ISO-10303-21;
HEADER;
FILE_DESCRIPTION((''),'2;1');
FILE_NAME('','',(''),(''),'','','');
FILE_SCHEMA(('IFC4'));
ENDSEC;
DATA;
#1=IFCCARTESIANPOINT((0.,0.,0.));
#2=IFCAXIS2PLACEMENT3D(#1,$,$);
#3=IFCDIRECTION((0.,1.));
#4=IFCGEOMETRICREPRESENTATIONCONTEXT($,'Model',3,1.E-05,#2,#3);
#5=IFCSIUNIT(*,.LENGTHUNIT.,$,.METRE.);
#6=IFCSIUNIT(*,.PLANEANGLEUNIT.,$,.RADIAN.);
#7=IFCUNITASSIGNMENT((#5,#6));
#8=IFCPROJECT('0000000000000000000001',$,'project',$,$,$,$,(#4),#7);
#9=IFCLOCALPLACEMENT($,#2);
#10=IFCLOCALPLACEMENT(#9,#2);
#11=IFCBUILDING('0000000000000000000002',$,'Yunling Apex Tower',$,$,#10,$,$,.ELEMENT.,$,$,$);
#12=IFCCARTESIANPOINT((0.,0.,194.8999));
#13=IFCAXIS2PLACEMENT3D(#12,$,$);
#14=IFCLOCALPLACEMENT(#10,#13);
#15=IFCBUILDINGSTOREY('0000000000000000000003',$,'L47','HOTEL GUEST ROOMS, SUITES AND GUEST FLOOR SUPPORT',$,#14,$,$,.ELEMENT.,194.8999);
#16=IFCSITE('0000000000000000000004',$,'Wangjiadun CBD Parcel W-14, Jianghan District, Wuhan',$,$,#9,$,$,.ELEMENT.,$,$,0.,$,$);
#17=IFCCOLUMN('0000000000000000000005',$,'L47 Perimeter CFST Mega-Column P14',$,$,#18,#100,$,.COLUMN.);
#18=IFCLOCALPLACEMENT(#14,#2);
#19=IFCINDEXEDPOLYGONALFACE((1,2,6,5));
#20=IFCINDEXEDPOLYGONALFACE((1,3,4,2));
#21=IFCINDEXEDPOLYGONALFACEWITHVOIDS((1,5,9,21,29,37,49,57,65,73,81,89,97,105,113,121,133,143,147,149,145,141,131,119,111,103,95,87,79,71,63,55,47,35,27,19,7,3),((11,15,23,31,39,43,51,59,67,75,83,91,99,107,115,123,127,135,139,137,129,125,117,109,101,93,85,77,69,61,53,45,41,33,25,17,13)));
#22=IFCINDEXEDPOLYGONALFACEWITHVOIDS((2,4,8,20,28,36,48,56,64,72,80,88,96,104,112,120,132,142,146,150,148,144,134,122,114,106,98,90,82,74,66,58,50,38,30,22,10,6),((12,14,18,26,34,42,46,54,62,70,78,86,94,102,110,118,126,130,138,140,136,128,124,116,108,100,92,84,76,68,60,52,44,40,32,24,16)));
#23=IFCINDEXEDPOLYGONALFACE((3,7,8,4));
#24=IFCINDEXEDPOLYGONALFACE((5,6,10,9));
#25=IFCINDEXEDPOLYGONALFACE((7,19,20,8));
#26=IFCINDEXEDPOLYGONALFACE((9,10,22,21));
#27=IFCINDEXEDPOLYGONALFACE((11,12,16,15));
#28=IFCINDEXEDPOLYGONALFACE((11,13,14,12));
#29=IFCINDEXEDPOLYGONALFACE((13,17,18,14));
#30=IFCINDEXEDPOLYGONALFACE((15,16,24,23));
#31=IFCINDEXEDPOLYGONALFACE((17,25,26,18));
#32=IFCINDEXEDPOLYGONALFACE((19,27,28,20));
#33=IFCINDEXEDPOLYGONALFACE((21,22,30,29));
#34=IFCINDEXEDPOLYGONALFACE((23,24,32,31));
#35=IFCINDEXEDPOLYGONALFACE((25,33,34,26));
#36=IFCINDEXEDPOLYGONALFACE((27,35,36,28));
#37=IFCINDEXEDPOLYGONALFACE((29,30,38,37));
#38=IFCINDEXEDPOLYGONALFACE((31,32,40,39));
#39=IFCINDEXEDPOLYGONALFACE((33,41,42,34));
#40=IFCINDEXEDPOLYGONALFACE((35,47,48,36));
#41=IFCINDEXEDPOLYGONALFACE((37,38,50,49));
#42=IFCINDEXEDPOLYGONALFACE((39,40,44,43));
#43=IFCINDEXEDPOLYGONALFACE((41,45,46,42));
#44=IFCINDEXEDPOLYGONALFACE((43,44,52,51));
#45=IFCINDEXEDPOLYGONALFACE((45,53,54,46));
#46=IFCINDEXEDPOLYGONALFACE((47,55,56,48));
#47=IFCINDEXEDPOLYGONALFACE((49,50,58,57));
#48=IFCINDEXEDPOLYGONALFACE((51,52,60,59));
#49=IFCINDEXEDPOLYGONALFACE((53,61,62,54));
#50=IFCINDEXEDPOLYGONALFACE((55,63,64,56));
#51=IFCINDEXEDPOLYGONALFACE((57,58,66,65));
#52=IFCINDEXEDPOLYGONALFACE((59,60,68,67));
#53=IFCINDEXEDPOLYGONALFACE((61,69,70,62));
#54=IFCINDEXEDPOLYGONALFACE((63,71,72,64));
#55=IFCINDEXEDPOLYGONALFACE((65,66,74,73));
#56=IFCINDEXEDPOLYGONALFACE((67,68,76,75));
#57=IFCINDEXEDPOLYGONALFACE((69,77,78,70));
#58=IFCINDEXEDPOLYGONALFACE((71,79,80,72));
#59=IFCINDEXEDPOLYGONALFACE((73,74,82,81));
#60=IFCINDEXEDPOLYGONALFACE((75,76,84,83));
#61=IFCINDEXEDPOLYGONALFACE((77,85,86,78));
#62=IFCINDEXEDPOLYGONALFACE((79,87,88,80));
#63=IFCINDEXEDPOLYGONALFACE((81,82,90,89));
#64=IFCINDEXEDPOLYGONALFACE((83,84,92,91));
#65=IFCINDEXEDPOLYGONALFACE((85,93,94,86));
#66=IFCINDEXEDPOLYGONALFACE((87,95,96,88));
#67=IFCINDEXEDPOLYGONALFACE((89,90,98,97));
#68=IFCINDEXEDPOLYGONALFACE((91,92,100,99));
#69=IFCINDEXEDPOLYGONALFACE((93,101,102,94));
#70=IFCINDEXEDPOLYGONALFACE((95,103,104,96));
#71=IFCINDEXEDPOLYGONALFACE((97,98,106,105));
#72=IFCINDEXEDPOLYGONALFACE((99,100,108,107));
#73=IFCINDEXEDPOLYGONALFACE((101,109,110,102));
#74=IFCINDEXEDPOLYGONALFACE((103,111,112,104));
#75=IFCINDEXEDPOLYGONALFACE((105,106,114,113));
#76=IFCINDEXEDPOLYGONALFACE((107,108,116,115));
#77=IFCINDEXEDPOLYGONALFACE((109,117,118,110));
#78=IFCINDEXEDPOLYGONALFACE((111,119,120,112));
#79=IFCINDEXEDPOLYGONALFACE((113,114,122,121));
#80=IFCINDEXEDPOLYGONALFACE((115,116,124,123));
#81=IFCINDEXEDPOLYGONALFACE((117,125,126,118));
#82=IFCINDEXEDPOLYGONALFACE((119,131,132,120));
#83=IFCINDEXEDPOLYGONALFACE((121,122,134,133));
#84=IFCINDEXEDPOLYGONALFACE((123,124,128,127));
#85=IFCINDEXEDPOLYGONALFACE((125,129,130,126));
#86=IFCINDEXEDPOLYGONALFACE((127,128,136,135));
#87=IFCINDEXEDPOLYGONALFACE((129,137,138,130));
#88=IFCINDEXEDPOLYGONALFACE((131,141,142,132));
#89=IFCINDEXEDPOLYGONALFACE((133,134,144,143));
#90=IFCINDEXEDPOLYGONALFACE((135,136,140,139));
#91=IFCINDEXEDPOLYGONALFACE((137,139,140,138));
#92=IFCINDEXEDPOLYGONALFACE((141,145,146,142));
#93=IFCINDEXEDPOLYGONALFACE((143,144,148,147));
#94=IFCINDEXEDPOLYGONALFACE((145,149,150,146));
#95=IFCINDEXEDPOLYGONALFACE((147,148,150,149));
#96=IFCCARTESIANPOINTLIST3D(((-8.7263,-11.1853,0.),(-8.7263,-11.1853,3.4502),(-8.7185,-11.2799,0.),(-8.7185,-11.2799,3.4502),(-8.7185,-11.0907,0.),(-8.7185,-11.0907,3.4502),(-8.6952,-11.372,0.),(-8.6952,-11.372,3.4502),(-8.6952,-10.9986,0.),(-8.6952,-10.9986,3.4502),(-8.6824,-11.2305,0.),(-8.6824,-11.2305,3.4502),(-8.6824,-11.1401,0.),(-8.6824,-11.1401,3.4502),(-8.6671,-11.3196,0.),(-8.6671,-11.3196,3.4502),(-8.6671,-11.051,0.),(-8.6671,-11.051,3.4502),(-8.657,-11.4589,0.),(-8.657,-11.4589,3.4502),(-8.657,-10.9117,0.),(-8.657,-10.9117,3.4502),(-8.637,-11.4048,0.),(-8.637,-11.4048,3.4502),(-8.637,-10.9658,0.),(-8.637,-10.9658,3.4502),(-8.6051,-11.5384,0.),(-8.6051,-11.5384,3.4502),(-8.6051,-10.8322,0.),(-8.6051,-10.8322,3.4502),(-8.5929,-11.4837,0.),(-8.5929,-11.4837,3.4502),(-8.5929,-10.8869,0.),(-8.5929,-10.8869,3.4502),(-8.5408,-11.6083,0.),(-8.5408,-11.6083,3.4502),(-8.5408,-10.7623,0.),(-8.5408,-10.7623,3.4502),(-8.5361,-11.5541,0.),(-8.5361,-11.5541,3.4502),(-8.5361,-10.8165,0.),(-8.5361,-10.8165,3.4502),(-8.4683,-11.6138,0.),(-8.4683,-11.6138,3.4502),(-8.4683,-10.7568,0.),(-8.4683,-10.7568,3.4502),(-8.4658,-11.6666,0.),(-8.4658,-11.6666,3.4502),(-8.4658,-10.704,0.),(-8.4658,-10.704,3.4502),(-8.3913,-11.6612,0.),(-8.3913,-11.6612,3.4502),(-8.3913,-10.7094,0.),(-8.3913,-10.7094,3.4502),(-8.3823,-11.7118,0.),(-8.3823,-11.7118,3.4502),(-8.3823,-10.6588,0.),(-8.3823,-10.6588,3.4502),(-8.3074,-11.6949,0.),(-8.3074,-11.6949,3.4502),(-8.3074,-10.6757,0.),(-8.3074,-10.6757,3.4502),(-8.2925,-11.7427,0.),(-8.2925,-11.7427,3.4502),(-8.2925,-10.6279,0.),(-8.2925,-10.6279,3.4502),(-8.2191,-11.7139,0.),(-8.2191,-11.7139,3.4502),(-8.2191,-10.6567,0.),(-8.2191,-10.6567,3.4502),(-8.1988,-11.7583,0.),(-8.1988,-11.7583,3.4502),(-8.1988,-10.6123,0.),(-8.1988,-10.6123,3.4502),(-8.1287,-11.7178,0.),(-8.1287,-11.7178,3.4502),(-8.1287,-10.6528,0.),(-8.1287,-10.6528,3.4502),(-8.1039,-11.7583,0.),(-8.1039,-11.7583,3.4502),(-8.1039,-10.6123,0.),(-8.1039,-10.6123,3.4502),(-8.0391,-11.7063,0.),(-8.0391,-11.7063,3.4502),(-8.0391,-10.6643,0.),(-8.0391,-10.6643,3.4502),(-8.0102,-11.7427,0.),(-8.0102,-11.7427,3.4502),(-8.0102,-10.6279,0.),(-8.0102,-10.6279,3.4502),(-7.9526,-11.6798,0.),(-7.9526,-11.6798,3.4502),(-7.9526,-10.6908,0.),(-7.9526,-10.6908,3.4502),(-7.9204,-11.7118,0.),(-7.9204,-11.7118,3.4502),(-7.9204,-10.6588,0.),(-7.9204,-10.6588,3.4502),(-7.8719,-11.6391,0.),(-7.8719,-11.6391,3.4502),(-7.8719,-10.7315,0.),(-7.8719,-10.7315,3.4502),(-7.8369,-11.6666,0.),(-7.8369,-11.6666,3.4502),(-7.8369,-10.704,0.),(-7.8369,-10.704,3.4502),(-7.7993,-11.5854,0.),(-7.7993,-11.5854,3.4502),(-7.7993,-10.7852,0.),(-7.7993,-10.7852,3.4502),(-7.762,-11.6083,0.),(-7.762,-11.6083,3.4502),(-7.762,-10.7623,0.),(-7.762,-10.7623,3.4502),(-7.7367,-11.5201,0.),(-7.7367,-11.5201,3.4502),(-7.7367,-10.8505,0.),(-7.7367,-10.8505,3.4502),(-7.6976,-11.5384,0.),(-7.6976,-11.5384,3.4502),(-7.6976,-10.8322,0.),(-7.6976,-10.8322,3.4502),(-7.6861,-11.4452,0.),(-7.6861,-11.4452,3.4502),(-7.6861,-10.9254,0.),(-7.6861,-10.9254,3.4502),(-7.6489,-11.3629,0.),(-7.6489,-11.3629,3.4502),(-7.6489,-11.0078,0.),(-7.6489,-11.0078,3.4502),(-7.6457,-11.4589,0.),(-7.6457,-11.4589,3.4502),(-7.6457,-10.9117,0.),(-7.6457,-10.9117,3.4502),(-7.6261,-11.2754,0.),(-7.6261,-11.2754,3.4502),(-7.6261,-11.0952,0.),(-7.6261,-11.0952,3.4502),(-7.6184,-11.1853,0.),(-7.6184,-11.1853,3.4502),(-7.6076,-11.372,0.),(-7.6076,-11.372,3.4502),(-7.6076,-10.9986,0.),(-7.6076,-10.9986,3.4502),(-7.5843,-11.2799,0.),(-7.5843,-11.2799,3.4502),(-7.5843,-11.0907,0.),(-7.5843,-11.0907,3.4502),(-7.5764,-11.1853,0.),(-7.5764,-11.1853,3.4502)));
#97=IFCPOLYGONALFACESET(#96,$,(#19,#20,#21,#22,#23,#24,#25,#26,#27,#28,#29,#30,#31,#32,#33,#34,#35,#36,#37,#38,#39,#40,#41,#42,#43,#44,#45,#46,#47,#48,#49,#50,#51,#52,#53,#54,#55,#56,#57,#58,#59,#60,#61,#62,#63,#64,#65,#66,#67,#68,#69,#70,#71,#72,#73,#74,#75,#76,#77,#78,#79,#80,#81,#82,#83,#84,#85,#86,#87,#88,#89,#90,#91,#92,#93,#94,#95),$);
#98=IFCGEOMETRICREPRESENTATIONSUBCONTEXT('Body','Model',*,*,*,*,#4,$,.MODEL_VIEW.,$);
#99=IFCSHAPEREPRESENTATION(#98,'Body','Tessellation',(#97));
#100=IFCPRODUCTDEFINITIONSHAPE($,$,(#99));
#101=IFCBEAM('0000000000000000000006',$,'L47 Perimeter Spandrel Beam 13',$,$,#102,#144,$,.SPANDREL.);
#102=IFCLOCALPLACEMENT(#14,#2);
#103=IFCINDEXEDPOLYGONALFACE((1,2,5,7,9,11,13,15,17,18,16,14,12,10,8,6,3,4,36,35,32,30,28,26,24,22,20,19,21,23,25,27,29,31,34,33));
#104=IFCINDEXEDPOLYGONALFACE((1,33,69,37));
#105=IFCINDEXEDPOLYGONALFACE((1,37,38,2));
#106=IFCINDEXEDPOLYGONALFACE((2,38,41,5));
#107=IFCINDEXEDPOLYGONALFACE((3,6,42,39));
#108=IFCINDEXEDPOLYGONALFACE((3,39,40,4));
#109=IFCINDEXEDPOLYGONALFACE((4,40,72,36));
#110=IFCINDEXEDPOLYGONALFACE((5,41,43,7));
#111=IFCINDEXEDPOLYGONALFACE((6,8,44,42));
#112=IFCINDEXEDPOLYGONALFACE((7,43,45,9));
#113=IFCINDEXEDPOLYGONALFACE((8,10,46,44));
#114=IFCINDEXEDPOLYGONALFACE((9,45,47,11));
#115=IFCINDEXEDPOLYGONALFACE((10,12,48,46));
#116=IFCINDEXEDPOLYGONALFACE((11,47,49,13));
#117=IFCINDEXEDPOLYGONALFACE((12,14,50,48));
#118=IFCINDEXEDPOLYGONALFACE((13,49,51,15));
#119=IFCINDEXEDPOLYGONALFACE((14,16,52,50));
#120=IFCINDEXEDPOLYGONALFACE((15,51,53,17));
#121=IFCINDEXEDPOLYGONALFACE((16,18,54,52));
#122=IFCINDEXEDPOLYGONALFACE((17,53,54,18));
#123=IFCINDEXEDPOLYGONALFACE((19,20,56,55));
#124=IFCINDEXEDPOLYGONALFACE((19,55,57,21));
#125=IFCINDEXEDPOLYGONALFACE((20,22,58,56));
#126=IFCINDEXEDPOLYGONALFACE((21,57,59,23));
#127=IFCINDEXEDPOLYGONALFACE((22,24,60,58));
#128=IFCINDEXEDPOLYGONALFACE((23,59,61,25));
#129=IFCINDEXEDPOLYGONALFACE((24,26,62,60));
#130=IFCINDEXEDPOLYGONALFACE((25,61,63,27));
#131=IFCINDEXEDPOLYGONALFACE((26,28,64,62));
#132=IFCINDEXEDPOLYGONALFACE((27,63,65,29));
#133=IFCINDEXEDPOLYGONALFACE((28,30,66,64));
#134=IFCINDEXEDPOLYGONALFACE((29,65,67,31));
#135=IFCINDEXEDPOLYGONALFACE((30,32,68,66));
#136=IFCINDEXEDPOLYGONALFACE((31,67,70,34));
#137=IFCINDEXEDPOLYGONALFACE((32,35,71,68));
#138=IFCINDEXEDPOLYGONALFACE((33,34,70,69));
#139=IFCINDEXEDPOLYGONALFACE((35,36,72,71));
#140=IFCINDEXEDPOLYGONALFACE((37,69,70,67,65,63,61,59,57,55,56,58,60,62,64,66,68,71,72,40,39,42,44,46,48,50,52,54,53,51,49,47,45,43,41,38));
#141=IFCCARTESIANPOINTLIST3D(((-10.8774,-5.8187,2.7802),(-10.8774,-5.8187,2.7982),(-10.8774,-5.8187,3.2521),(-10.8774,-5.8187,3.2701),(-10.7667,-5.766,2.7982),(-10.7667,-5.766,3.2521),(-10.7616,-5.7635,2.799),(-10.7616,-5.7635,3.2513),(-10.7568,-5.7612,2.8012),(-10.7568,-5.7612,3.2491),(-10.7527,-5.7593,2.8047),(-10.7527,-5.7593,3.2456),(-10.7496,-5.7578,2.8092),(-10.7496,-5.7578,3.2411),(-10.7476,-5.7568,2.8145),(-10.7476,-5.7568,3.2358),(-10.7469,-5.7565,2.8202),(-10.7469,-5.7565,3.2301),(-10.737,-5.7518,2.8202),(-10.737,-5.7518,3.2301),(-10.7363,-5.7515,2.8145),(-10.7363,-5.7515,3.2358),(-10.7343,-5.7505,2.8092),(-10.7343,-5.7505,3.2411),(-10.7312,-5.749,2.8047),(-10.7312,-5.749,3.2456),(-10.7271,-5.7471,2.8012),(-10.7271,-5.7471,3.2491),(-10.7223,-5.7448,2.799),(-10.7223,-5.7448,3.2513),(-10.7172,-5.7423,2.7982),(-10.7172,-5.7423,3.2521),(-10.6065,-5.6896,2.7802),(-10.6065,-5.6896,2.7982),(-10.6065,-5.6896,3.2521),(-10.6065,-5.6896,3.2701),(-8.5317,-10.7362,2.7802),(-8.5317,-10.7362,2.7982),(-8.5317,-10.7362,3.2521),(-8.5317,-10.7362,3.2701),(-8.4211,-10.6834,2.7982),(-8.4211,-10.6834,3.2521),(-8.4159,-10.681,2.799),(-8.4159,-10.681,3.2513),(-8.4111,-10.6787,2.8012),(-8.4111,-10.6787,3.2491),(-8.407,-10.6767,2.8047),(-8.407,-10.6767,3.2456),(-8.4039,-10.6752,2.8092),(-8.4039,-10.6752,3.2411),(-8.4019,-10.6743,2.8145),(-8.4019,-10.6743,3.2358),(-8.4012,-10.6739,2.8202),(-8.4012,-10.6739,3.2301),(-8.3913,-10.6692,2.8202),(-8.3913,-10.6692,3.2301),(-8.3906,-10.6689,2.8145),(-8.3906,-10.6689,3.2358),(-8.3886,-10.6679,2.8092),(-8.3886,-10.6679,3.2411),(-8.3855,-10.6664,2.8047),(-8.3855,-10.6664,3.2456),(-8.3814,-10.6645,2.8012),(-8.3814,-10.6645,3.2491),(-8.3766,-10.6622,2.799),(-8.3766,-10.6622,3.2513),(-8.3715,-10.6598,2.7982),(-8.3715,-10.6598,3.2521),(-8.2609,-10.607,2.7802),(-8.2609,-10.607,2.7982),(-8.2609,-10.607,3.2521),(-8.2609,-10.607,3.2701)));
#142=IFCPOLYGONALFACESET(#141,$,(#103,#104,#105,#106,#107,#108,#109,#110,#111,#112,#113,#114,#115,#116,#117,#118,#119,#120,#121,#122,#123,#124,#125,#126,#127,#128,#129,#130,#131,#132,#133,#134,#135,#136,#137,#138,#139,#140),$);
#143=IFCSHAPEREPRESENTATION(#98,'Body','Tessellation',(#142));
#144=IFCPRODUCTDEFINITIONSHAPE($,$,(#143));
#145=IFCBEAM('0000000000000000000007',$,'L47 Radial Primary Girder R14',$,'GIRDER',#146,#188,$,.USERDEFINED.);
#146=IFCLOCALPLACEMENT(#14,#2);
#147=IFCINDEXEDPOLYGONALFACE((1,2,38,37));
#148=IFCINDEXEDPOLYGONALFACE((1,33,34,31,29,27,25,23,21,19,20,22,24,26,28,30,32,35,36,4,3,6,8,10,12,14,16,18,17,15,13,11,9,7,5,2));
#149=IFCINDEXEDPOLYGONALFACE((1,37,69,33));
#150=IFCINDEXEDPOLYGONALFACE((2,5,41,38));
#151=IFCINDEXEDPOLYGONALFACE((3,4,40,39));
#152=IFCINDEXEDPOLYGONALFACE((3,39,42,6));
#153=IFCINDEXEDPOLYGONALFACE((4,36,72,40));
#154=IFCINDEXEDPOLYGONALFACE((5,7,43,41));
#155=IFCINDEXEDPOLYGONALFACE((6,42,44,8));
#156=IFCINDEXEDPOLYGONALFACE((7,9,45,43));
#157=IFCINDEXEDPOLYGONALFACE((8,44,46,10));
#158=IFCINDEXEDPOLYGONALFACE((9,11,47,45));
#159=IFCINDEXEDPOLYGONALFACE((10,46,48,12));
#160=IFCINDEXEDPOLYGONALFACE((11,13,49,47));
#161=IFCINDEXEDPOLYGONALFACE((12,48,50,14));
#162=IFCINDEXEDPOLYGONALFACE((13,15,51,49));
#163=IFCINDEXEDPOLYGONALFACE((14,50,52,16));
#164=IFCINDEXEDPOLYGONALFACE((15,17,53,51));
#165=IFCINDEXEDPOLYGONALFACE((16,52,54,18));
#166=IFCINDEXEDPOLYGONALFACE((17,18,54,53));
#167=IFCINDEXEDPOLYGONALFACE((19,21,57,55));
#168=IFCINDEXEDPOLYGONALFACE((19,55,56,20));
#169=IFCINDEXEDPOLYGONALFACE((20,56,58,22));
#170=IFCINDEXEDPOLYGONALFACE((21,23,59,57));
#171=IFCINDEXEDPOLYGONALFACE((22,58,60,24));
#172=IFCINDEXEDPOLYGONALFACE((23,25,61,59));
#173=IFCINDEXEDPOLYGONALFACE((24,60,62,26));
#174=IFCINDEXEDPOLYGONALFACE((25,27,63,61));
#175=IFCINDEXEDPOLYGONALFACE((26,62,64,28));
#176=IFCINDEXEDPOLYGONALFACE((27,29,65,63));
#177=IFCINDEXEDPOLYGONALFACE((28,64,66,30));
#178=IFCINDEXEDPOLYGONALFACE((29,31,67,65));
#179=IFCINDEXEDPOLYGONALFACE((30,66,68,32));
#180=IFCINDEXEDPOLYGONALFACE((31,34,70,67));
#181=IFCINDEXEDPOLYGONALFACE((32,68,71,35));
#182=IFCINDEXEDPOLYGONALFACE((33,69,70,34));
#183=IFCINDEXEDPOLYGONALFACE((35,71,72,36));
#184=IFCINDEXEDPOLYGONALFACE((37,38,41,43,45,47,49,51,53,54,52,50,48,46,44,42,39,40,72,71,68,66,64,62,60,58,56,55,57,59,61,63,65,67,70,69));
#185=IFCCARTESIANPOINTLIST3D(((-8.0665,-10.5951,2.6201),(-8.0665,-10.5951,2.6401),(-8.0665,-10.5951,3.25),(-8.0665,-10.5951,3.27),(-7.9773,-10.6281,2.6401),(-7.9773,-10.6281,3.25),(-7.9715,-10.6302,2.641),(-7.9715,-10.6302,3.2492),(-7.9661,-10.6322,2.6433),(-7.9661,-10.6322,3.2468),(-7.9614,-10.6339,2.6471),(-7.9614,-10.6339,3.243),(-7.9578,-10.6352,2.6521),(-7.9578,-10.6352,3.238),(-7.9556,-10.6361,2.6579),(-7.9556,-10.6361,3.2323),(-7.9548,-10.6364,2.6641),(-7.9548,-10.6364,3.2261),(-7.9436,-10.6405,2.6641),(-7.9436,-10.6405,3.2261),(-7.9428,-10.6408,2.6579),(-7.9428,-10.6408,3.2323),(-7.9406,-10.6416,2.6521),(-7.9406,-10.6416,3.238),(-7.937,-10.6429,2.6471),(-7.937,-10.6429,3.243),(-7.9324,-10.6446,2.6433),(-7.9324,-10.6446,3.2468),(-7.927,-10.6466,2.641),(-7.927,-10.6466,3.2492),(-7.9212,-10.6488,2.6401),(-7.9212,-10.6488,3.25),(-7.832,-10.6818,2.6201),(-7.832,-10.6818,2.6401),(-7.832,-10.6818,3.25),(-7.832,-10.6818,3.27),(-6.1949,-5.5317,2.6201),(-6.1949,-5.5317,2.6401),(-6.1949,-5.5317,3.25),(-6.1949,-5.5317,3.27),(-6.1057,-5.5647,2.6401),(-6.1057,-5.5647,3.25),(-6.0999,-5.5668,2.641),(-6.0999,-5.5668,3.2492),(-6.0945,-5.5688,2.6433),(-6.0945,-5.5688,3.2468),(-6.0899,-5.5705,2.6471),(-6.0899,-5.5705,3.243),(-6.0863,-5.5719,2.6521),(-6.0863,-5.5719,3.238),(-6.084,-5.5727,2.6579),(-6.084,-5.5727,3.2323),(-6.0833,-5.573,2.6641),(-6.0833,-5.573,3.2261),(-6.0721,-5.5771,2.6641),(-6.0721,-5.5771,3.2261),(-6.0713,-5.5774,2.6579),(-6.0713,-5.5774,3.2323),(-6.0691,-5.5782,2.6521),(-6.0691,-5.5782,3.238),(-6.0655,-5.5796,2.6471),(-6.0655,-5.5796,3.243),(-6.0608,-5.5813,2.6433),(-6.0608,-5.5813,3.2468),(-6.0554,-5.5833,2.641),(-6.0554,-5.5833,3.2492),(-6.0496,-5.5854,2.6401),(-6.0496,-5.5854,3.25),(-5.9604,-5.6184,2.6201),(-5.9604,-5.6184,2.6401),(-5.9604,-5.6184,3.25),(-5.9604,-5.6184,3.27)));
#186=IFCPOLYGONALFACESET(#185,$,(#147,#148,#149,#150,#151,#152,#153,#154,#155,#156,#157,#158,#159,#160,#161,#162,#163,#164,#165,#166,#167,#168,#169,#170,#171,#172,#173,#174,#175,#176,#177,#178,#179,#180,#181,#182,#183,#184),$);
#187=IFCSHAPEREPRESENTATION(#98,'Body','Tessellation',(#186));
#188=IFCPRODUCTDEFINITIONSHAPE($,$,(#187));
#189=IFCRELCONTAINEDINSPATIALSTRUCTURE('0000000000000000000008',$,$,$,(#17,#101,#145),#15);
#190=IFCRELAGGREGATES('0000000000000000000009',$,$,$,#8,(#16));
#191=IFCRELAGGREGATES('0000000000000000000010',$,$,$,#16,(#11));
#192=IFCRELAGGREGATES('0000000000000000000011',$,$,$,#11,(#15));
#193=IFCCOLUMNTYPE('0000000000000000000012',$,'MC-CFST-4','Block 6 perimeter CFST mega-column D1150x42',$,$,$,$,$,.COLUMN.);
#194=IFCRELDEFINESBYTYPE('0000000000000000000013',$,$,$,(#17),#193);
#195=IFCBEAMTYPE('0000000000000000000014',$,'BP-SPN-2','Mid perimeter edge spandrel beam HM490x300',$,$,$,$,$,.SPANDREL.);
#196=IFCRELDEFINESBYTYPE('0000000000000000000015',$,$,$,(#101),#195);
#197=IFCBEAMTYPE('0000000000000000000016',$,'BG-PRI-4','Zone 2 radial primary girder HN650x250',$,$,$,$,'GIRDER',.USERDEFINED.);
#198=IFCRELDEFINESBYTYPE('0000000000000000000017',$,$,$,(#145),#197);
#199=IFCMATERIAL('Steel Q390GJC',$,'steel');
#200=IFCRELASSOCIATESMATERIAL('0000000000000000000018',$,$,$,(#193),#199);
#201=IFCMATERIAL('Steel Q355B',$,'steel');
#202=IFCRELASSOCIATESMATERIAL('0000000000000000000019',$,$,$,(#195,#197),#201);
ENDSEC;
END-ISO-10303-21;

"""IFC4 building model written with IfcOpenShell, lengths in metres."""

from ifc_helpers import new_model, si_unit, direction, frame, origin, origin_2d, place, context, subcontext, project, spatial, hollow_circle, i_section, extrude, source, transform, mapped, material, material_profile, profile_set, type_object, element, save


model = new_model("IFC4")

# Units and contexts
model_context = context("Model", 3, precision=1e-05, world=origin(), true_north=direction((0.0, 1.0)))
body_context = subcontext(model_context, "Body", "Model", "MODEL_VIEW")
ifc_project = project(units=[si_unit("LENGTHUNIT", "METRE"), si_unit("PLANEANGLEUNIT", "RADIAN")], contexts=[model_context])

# Site, building, storey
site_placement = place(None, origin())
site = spatial("IfcSite", under=ifc_project, at=site_placement, Name="Wangjiadun CBD Parcel W-14, Jianghan District, Wuhan", CompositionType="ELEMENT", RefElevation=0.0)
building_placement = place(site_placement, origin())
building = spatial("IfcBuilding", under=site, at=building_placement, Name="Yunling Apex Tower", CompositionType="ELEMENT")
storey_placement = place(building_placement, frame((0.0, 0.0, 194.8999)))
storey = spatial("IfcBuildingStorey", under=building, at=storey_placement, Name="L47", Description="HOTEL GUEST ROOMS, SUITES AND GUEST FLOOR SUPPORT", CompositionType="ELEMENT", Elevation=194.8999)

# Column
ifc_material_1 = material(Name="Steel Q390GJC", Category="steel")
ifc_material_profile_1 = material_profile(ifc_material_1, hollow_circle(Radius=0.575, WallThickness=0.042, at=origin_2d()))
ifc_profile_set_1 = profile_set([ifc_material_profile_1], Name="Steel Q390GJC")
column_type = type_object("IfcColumnType", Name="MC-CFST-4", Description="Block 6 perimeter CFST mega-column D1150x42", PredefinedType="COLUMN", material=ifc_profile_set_1)
shared_shape_1 = source(origin(), body_context, "Body", "SweptSolid", [
    extrude(hollow_circle(Radius=0.575, WallThickness=0.042, at=origin_2d()), origin(), (0.0, 0.0, 1.0), 3.4502),
])
column_placement = place(storey_placement, frame((-8.1514, -11.1853, 0.0), z_axis=(0.0, 0.0, 1.0), x_axis=(1.0, 0.0, 0.0)))
element("IfcColumn", 1, at=column_placement, inside=storey, type_object=column_type, Name="L47 Perimeter CFST Mega-Column P14", PredefinedType="COLUMN", context=body_context, shape_type="MappedRepresentation", body=[
    mapped(shared_shape_1, transform((0.0, 0.0, 0.0), scale=1.0)),
])

# Beams
ifc_material_2 = material(Name="Steel Q355B", Category="steel")
ifc_material_profile_2 = material_profile(ifc_material_2, i_section(OverallWidth=0.3, OverallDepth=0.49, WebThickness=0.011, FlangeThickness=0.0181, FilletRadius=0.022, at=origin_2d()))
ifc_profile_set_2 = profile_set([ifc_material_profile_2], Name="Steel Q355B")
beam_type_1 = type_object("IfcBeamType", Name="BP-SPN-2", Description="Mid perimeter edge spandrel beam HM490x300", PredefinedType="SPANDREL", material=ifc_profile_set_2)
shared_shape_2 = source(origin(), body_context, "Body", "SweptSolid", [
    extrude(i_section(OverallWidth=0.3, OverallDepth=0.49, WebThickness=0.011, FlangeThickness=0.0181, FilletRadius=0.022, at=origin_2d()), origin(), (0.0, 0.0, 1.0), 5.4482),
])
beam_1_placement = place(storey_placement, frame((-10.7419, -5.7542, 3.0251), z_axis=(0.430539, -0.902572, 0.0), x_axis=(0.902572, 0.430539, 0.0)))
element("IfcBeam", 2, at=beam_1_placement, inside=storey, type_object=beam_type_1, Name="L47 Perimeter Spandrel Beam 13", PredefinedType="SPANDREL", context=body_context, shape_type="MappedRepresentation", body=[
    mapped(shared_shape_2, transform((0.0, 0.0, 0.0), scale=1.0)),
])
ifc_material_profile_3 = material_profile(ifc_material_2, i_section(OverallWidth=0.25, OverallDepth=0.6499, WebThickness=0.012, FlangeThickness=0.02, FilletRadius=0.0239, at=origin_2d()))
ifc_profile_set_3 = profile_set([ifc_material_profile_3], Name="Steel Q355B")
beam_type_2 = type_object("IfcBeamType", Name="BG-PRI-4", Description="Zone 2 radial primary girder HN650x250", ElementType="GIRDER", PredefinedType="USERDEFINED", material=ifc_profile_set_3)
shared_shape_3 = source(origin(), body_context, "Body", "SweptSolid", [
    extrude(i_section(OverallWidth=0.25, OverallDepth=0.6499, WebThickness=0.012, FlangeThickness=0.02, FilletRadius=0.0239, at=origin_2d()), origin(), (0.0, 0.0, 1.0), 5.3982),
])
beam_2_placement = place(storey_placement, frame((-7.9492, -10.6384, 2.9451), z_axis=(0.346699, 0.937977, 0.0), x_axis=(-0.937977, 0.346699, 0.0)))
element("IfcBeam", 3, at=beam_2_placement, inside=storey, type_object=beam_type_2, Name="L47 Radial Primary Girder R14", ObjectType="GIRDER", PredefinedType="USERDEFINED", context=body_context, shape_type="MappedRepresentation", body=[
    mapped(shared_shape_3, transform((0.0, 0.0, 0.0), scale=1.0)),
])

save(model, "model.ifc")
